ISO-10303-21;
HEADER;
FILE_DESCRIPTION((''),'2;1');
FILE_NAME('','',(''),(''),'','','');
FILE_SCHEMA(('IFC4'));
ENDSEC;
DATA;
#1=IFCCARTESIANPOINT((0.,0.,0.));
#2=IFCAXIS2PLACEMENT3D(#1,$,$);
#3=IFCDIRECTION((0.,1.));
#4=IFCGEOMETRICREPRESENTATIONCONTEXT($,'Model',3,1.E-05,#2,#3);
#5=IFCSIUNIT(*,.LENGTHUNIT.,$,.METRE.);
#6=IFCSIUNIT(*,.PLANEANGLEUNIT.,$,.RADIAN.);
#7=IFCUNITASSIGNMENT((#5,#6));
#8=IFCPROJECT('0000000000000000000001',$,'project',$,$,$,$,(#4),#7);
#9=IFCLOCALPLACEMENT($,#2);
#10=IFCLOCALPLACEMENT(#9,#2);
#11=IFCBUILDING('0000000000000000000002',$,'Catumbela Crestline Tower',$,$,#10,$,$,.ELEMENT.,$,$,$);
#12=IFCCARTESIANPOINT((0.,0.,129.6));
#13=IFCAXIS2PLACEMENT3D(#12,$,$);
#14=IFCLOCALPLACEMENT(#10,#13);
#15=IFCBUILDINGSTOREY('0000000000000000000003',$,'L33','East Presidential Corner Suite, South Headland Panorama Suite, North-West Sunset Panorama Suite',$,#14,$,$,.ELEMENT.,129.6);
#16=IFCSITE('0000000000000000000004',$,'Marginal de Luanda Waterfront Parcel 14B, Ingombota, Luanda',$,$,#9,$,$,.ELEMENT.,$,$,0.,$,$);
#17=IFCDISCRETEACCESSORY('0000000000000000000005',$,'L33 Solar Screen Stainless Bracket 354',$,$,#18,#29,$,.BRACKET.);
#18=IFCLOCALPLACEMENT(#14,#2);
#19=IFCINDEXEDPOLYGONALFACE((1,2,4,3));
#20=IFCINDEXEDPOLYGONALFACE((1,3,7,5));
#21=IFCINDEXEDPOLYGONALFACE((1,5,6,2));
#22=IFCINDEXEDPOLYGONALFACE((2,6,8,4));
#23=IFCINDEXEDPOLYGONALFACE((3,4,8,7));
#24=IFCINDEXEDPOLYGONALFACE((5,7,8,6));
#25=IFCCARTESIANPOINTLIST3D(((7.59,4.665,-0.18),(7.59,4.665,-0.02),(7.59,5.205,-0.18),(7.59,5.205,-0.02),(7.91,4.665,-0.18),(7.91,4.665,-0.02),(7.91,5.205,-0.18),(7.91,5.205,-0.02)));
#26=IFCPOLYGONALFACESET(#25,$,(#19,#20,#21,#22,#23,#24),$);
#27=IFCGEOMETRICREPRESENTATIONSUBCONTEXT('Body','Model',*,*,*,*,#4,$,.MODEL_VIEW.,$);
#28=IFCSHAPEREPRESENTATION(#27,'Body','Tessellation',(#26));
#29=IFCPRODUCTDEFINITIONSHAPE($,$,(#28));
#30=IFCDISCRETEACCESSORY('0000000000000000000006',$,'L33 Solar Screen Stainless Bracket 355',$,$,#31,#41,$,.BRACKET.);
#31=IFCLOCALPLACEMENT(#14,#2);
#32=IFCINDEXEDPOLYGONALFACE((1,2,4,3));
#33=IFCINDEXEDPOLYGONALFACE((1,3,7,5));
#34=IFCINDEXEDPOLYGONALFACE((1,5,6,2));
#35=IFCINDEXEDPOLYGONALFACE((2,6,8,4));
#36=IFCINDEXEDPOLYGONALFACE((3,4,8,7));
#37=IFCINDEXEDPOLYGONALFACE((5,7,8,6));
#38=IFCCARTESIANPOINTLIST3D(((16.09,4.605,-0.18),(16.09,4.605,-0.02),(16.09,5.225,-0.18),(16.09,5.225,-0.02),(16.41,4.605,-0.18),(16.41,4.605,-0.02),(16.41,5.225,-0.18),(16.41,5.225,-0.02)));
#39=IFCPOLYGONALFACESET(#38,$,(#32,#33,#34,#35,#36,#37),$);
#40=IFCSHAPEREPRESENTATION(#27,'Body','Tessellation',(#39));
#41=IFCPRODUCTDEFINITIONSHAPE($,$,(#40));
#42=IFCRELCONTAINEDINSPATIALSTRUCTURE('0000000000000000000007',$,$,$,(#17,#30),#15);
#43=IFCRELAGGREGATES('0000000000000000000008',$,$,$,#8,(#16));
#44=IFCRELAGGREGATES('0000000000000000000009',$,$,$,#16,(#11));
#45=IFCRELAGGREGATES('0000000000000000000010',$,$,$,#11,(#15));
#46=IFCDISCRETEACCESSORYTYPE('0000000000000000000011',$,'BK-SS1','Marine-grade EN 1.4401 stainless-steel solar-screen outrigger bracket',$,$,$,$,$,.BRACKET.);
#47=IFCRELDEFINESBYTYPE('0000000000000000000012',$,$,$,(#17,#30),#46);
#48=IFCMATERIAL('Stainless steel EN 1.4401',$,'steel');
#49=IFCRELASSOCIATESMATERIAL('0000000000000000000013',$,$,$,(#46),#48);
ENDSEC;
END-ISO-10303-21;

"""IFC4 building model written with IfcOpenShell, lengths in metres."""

from ifc_helpers import new_model, si_unit, direction, frame, origin, origin_2d, place, context, subcontext, project, spatial, rectangle, extrude, material, type_object, element, save


model = new_model("IFC4")

# Units and contexts
model_context = context("Model", 3, precision=1e-05, world=origin(), true_north=direction((0.0, 1.0)))
body_context = subcontext(model_context, "Body", "Model", "MODEL_VIEW")
ifc_project = project(units=[si_unit("LENGTHUNIT", "METRE"), si_unit("PLANEANGLEUNIT", "RADIAN")], contexts=[model_context])

# Site, building, storey
site_placement = place(None, origin())
site = spatial("IfcSite", under=ifc_project, at=site_placement, Name="Marginal de Luanda Waterfront Parcel 14B, Ingombota, Luanda", CompositionType="ELEMENT", RefElevation=0.0)
building_placement = place(site_placement, origin())
building = spatial("IfcBuilding", under=site, at=building_placement, Name="Catumbela Crestline Tower", CompositionType="ELEMENT")
storey_placement = place(building_placement, frame((0.0, 0.0, 129.6)))
storey = spatial("IfcBuildingStorey", under=building, at=storey_placement, Name="L33", Description="East Presidential Corner Suite, South Headland Panorama Suite, North-West Sunset Panorama Suite", CompositionType="ELEMENT", Elevation=129.6)

# Discrete accessories
ifc_material_1 = material(Name="Stainless steel EN 1.4401", Category="steel")
discrete_accessory_type = type_object("IfcDiscreteAccessoryType", Name="BK-SS1", Description="Marine-grade EN 1.4401 stainless-steel solar-screen outrigger bracket", PredefinedType="BRACKET", material=ifc_material_1)
discrete_accessory_1_placement = place(storey_placement, frame((7.75, 4.935, -0.18), z_axis=(0.0, 0.0, 1.0), x_axis=(1.0, 0.0, 0.0)))
element("IfcDiscreteAccessory", 1, at=discrete_accessory_1_placement, inside=storey, type_object=discrete_accessory_type, Name="L33 Solar Screen Stainless Bracket 354", PredefinedType="BRACKET", context=body_context, shape_type="SweptSolid", body=[
    extrude(rectangle(XDim=0.32, YDim=0.54, at=origin_2d()), origin(), (0.0, 0.0, 1.0), 0.16),
])
discrete_accessory_2_placement = place(storey_placement, frame((16.25, 4.915, -0.18), z_axis=(0.0, 0.0, 1.0), x_axis=(1.0, 0.0, 0.0)))
element("IfcDiscreteAccessory", 2, at=discrete_accessory_2_placement, inside=storey, type_object=discrete_accessory_type, Name="L33 Solar Screen Stainless Bracket 355", PredefinedType="BRACKET", context=body_context, shape_type="SweptSolid", body=[
    extrude(rectangle(XDim=0.32, YDim=0.62, at=origin_2d()), origin(), (0.0, 0.0, 1.0), 0.16),
])

save(model, "model.ifc")
